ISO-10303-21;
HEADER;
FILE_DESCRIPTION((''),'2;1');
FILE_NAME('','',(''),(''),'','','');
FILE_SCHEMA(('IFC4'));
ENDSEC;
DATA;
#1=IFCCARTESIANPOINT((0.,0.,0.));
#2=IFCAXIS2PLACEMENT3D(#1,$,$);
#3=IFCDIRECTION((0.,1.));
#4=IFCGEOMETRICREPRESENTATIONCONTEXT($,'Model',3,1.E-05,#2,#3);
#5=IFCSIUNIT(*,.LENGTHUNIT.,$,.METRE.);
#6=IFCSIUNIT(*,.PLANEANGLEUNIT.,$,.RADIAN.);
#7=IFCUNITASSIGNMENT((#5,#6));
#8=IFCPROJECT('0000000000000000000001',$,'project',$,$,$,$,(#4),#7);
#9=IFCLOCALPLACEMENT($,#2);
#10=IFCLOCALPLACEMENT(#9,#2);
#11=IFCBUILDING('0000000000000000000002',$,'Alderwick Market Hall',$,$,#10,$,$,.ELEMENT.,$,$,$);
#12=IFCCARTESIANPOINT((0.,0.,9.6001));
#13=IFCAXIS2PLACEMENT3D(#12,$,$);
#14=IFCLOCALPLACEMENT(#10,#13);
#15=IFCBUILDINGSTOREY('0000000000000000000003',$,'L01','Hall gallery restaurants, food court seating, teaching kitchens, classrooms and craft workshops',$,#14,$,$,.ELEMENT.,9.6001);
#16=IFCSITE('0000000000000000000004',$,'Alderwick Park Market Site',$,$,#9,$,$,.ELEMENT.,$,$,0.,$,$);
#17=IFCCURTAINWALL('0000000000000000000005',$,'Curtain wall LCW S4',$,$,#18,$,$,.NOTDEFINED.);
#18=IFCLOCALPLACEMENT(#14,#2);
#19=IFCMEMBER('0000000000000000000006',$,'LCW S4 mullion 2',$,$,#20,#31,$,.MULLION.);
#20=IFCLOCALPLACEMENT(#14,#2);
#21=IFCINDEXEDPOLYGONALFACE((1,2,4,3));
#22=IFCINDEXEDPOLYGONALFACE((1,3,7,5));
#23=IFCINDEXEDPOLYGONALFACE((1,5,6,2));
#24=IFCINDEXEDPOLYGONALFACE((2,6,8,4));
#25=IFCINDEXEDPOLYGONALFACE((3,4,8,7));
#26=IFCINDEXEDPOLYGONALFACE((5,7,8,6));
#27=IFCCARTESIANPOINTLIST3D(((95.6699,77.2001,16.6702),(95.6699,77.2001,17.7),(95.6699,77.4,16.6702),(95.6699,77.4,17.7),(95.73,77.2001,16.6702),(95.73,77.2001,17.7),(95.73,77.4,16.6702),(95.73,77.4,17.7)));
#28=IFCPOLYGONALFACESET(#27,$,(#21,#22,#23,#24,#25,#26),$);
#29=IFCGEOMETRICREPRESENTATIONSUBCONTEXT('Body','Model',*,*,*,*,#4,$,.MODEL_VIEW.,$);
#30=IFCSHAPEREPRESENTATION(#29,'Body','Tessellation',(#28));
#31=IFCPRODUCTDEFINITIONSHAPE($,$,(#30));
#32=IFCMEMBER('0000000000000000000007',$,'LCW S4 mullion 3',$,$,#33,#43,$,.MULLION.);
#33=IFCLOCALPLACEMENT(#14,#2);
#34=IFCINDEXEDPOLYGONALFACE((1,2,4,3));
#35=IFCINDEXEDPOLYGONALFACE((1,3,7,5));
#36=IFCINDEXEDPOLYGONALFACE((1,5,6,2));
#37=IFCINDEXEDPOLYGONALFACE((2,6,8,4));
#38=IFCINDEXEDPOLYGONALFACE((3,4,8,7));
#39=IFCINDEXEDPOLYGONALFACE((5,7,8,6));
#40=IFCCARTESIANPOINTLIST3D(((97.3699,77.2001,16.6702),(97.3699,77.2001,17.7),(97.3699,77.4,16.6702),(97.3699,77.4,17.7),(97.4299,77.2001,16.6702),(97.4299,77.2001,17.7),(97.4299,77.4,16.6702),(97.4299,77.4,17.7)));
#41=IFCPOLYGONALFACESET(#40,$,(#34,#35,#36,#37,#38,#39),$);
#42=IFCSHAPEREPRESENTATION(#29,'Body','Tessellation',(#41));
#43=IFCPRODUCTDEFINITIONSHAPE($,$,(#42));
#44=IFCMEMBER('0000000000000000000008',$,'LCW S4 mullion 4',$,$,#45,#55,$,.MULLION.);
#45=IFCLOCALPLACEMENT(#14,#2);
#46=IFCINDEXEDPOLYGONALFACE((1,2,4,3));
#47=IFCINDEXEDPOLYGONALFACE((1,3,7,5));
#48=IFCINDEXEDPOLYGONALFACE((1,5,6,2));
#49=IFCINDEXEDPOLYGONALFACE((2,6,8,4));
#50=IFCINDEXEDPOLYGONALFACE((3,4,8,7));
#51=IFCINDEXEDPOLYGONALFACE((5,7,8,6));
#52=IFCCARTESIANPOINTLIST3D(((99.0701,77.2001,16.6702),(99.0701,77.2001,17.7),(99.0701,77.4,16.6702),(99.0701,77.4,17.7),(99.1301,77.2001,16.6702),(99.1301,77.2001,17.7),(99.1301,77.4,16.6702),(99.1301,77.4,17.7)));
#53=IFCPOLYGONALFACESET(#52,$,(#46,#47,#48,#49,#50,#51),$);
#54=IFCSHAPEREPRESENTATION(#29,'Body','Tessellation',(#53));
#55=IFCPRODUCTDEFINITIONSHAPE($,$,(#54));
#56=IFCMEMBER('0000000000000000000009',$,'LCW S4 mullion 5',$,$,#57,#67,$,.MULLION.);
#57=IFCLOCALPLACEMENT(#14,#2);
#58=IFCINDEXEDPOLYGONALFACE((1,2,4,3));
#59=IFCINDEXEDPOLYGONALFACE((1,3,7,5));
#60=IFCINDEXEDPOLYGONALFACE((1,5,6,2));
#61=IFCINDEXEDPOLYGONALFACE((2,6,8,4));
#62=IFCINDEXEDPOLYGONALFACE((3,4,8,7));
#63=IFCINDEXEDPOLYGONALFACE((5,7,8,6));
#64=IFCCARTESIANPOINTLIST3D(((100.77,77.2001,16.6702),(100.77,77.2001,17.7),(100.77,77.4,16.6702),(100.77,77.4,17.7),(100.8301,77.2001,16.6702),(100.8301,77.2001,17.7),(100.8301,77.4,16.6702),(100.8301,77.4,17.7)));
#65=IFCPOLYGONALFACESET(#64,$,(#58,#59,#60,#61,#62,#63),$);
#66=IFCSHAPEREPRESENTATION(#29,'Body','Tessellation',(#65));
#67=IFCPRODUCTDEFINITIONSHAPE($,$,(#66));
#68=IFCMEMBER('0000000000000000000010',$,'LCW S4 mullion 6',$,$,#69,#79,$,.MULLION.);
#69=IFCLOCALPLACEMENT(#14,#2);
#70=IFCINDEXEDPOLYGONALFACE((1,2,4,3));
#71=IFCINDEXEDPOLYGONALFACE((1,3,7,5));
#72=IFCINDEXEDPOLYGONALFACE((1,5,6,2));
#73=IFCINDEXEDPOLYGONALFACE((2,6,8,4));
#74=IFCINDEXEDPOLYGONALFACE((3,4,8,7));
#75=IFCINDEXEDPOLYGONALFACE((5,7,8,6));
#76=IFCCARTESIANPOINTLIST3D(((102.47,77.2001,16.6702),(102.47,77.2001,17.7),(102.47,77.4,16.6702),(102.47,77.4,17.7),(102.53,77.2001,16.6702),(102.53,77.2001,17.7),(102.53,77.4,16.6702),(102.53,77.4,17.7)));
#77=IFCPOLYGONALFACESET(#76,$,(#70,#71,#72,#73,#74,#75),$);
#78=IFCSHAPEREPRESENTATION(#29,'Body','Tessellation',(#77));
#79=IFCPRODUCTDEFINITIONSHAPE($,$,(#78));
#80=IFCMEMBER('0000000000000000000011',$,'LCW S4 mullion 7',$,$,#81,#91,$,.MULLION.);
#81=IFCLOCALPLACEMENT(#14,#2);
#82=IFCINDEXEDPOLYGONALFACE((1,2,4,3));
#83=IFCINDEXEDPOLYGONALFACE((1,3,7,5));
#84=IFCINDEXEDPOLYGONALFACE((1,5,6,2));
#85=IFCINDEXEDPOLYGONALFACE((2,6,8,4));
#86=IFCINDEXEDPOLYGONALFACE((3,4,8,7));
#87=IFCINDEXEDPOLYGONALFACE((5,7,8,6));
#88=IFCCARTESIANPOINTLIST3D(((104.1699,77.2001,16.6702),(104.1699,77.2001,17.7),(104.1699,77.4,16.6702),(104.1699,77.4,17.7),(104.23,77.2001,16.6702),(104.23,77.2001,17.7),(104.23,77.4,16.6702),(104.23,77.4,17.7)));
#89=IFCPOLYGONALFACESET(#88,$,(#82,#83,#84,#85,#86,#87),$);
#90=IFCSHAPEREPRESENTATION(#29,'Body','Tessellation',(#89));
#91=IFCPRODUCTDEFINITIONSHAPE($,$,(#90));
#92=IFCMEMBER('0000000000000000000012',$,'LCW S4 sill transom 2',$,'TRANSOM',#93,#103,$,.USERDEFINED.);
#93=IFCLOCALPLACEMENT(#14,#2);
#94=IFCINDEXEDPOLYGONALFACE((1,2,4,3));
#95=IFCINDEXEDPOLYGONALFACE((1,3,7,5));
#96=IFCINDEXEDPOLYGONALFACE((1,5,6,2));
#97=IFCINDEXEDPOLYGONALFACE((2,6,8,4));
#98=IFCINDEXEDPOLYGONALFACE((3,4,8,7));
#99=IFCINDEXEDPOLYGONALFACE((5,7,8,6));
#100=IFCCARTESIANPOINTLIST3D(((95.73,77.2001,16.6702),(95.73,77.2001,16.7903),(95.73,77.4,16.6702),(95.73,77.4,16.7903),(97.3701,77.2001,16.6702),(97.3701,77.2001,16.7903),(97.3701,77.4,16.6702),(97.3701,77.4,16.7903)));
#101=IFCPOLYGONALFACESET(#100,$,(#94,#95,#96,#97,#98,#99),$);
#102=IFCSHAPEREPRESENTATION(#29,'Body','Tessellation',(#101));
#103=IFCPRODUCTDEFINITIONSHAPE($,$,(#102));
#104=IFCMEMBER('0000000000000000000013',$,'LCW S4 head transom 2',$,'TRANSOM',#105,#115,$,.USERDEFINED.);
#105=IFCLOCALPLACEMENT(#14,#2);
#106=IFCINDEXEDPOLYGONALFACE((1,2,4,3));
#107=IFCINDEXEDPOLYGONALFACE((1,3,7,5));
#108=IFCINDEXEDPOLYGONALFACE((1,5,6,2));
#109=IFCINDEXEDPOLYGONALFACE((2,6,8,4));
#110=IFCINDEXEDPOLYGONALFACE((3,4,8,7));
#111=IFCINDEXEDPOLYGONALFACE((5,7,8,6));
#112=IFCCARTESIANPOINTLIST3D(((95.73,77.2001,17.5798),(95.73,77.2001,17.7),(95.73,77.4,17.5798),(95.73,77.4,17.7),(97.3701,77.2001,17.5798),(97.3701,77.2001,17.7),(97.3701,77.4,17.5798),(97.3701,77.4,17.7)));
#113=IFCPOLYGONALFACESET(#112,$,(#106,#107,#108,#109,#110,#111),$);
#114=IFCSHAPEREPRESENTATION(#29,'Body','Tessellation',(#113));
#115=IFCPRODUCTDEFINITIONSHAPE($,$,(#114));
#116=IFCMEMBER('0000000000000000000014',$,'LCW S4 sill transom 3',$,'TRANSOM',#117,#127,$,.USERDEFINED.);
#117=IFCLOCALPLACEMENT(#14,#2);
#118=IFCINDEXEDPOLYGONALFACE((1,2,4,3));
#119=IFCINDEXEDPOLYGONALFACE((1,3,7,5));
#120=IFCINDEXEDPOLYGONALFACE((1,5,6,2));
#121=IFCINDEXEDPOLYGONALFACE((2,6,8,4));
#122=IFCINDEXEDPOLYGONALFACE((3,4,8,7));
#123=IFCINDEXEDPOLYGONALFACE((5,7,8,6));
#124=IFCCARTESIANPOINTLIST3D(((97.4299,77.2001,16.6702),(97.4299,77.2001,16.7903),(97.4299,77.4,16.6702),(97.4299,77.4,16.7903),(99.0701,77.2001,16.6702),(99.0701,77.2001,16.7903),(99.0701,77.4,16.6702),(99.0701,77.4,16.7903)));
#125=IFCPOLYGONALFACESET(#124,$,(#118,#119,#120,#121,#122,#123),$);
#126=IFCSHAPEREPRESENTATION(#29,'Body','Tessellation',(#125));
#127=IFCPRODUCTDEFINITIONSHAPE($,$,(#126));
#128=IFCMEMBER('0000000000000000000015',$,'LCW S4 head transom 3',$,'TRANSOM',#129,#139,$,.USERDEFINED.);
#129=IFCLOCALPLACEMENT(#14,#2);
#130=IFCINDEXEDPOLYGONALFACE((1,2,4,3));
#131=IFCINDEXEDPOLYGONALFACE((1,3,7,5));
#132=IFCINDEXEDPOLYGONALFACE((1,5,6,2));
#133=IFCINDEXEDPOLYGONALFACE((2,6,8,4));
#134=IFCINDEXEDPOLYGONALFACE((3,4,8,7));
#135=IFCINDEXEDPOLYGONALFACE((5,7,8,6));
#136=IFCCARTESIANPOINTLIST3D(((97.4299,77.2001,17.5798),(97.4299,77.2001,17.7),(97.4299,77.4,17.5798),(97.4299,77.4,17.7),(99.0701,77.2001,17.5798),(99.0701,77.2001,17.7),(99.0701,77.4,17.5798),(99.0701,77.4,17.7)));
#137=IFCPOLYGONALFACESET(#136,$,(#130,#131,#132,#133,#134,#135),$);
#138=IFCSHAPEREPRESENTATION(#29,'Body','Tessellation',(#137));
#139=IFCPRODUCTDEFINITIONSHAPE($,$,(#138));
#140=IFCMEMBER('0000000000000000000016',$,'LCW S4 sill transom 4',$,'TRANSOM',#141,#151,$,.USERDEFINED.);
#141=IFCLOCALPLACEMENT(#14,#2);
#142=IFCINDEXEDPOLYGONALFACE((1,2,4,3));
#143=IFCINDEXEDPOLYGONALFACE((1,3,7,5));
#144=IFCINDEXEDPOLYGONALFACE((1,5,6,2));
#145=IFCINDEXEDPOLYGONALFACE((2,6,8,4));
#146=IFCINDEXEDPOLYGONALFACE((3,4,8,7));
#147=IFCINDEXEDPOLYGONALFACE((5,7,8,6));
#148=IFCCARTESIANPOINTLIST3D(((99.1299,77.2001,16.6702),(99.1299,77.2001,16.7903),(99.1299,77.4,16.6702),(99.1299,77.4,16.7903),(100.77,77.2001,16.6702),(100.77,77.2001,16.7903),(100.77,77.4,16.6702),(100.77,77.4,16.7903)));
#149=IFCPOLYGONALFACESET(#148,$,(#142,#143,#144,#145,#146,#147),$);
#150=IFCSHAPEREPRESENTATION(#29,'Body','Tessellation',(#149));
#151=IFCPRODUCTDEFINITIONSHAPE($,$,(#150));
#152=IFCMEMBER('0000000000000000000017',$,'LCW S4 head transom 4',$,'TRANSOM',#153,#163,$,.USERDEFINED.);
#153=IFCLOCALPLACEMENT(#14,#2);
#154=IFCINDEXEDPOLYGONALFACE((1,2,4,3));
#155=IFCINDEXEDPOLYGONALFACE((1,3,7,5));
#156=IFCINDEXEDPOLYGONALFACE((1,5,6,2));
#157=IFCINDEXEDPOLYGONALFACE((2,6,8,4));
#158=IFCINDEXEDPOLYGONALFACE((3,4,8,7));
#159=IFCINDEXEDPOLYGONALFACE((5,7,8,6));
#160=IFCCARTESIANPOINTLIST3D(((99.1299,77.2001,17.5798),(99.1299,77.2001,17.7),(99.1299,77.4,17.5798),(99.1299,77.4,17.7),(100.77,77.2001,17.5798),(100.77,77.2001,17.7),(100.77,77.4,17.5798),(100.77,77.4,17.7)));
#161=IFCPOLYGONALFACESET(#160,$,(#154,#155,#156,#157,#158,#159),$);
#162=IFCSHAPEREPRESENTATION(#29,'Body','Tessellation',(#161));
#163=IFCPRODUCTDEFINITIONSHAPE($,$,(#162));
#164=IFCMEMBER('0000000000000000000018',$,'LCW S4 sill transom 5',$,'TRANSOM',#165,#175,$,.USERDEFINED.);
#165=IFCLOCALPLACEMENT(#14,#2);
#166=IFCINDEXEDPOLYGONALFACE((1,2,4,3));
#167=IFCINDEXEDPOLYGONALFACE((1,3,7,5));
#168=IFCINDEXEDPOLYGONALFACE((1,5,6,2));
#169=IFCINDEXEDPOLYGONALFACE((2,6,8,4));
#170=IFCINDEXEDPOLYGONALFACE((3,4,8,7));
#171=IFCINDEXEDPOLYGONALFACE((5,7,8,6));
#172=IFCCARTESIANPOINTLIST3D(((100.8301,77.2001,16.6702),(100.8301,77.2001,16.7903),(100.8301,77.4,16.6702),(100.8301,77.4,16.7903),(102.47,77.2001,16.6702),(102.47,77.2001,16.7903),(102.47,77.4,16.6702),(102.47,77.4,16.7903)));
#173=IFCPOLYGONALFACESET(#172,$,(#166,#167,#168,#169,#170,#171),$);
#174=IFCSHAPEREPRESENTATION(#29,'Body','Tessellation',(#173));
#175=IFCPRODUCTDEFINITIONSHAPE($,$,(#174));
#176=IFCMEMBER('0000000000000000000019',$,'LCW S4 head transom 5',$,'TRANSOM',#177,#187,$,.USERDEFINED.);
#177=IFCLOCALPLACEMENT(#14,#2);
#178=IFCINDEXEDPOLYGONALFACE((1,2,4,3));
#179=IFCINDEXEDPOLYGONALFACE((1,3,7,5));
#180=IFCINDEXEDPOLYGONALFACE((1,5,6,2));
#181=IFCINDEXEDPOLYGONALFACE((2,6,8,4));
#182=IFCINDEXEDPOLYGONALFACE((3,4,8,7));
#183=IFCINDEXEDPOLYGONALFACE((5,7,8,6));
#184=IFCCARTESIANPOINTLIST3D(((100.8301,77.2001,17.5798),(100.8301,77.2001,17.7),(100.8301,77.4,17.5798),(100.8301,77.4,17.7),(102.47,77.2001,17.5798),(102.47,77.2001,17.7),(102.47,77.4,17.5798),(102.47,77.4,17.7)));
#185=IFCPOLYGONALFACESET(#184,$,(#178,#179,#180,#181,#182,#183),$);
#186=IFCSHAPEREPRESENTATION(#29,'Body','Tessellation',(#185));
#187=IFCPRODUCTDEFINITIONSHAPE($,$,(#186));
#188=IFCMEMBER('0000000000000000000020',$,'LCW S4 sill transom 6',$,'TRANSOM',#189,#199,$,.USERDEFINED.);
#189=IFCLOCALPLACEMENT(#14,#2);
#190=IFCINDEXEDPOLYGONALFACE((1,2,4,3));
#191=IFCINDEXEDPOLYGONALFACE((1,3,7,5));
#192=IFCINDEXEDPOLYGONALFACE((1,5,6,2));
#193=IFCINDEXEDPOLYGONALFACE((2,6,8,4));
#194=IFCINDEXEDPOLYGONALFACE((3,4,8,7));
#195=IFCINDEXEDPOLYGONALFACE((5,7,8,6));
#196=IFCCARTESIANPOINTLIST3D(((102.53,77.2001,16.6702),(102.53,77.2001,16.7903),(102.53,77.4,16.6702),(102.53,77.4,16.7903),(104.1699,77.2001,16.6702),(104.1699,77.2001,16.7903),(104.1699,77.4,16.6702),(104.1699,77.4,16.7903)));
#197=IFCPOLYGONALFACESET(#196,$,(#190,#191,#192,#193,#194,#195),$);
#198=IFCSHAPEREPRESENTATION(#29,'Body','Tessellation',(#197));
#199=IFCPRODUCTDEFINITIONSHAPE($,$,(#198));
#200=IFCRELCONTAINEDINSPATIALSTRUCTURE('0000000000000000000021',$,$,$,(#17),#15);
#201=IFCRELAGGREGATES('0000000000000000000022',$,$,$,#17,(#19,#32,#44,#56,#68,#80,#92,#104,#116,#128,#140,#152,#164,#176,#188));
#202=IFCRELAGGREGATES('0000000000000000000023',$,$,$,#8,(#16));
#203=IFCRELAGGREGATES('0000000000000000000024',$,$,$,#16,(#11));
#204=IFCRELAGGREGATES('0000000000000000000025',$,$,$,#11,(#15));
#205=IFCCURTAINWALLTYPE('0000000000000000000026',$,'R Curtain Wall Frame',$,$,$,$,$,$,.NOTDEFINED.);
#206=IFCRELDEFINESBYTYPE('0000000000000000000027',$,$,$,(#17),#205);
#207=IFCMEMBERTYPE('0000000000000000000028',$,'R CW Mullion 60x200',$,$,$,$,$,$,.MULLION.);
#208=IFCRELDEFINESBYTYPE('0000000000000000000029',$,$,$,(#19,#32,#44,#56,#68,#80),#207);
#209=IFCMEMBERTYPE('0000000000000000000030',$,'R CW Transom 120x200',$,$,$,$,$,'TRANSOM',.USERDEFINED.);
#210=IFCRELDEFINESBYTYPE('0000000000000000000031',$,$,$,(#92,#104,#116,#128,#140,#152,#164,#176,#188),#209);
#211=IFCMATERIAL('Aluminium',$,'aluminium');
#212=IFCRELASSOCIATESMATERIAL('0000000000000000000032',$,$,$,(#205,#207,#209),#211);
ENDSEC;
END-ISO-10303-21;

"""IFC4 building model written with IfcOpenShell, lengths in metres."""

from ifc_helpers import new_model, si_unit, direction, frame, origin, origin_2d, place, context, subcontext, project, spatial, rectangle, extrude, material, material_profile, profile_set, type_object, element, aggregate, save


model = new_model("IFC4")

# Units and contexts
model_context = context("Model", 3, precision=1e-05, world=origin(), true_north=direction((0.0, 1.0)))
body_context = subcontext(model_context, "Body", "Model", "MODEL_VIEW")
ifc_project = project(units=[si_unit("LENGTHUNIT", "METRE"), si_unit("PLANEANGLEUNIT", "RADIAN")], contexts=[model_context])

# Site, building, storey
site_placement = place(None, origin())
site = spatial("IfcSite", under=ifc_project, at=site_placement, Name="Alderwick Park Market Site", CompositionType="ELEMENT", RefElevation=0.0)
building_placement = place(site_placement, origin())
building = spatial("IfcBuilding", under=site, at=building_placement, Name="Alderwick Market Hall", CompositionType="ELEMENT")
storey_placement = place(building_placement, frame((0.0, 0.0, 9.6001)))
storey = spatial("IfcBuildingStorey", under=building, at=storey_placement, Name="L01", Description="Hall gallery restaurants, food court seating, teaching kitchens, classrooms and craft workshops", CompositionType="ELEMENT", Elevation=9.6001)

# Curtain wall, members
ifc_material_1 = material(Name="Aluminium", Category="aluminium")
curtain_wall_type = type_object("IfcCurtainWallType", Name="R Curtain Wall Frame", PredefinedType="NOTDEFINED", material=ifc_material_1)
curtain_wall_placement = place(storey_placement, origin())
curtain_wall = element("IfcCurtainWall", 1, at=curtain_wall_placement, inside=storey, type_object=curtain_wall_type, Name="Curtain wall LCW S4", PredefinedType="NOTDEFINED")
ifc_material_profile_1 = material_profile(ifc_material_1, rectangle(XDim=0.2, YDim=0.0601, at=origin_2d()), Name="AL 60x200")
ifc_profile_set_1 = profile_set([ifc_material_profile_1], Name="Aluminium")
member_type_1 = type_object("IfcMemberType", Name="R CW Mullion 60x200", PredefinedType="MULLION", material=ifc_profile_set_1)
member_1_placement = place(storey_placement, frame((95.7, 77.3, 16.6702), z_axis=(0.0, 0.0, 1.0), x_axis=(0.0, 1.0, 0.0)))
member_1 = element("IfcMember", 2, at=member_1_placement, type_object=member_type_1, Name="LCW S4 mullion 2", PredefinedType="MULLION", context=body_context, shape_type="SweptSolid", body=[
    extrude(rectangle(XDim=0.2, YDim=0.0601, at=origin_2d()), origin(), (0.0, 0.0, 1.0), 1.0298),
])
member_2_placement = place(storey_placement, frame((97.3999, 77.3, 16.6702), z_axis=(0.0, 0.0, 1.0), x_axis=(0.0, 1.0, 0.0)))
member_2 = element("IfcMember", 3, at=member_2_placement, type_object=member_type_1, Name="LCW S4 mullion 3", PredefinedType="MULLION", context=body_context, shape_type="SweptSolid", body=[
    extrude(rectangle(XDim=0.2, YDim=0.0601, at=origin_2d()), origin(), (0.0, 0.0, 1.0), 1.0298),
])
member_3_placement = place(storey_placement, frame((99.1001, 77.3, 16.6702), z_axis=(0.0, 0.0, 1.0), x_axis=(0.0, 1.0, 0.0)))
member_3 = element("IfcMember", 4, at=member_3_placement, type_object=member_type_1, Name="LCW S4 mullion 4", PredefinedType="MULLION", context=body_context, shape_type="SweptSolid", body=[
    extrude(rectangle(XDim=0.2, YDim=0.0601, at=origin_2d()), origin(), (0.0, 0.0, 1.0), 1.0298),
])
member_4_placement = place(storey_placement, frame((100.8, 77.3, 16.6702), z_axis=(0.0, 0.0, 1.0), x_axis=(0.0, 1.0, 0.0)))
member_4 = element("IfcMember", 5, at=member_4_placement, type_object=member_type_1, Name="LCW S4 mullion 5", PredefinedType="MULLION", context=body_context, shape_type="SweptSolid", body=[
    extrude(rectangle(XDim=0.2, YDim=0.0601, at=origin_2d()), origin(), (0.0, 0.0, 1.0), 1.0298),
])
member_5_placement = place(storey_placement, frame((102.5, 77.3, 16.6702), z_axis=(0.0, 0.0, 1.0), x_axis=(0.0, 1.0, 0.0)))
member_5 = element("IfcMember", 6, at=member_5_placement, type_object=member_type_1, Name="LCW S4 mullion 6", PredefinedType="MULLION", context=body_context, shape_type="SweptSolid", body=[
    extrude(rectangle(XDim=0.2, YDim=0.0601, at=origin_2d()), origin(), (0.0, 0.0, 1.0), 1.0298),
])
member_6_placement = place(storey_placement, frame((104.2, 77.3, 16.6702), z_axis=(0.0, 0.0, 1.0), x_axis=(0.0, 1.0, 0.0)))
member_6 = element("IfcMember", 7, at=member_6_placement, type_object=member_type_1, Name="LCW S4 mullion 7", PredefinedType="MULLION", context=body_context, shape_type="SweptSolid", body=[
    extrude(rectangle(XDim=0.2, YDim=0.0601, at=origin_2d()), origin(), (0.0, 0.0, 1.0), 1.0298),
])
ifc_material_profile_2 = material_profile(ifc_material_1, rectangle(XDim=0.2, YDim=0.1201, at=origin_2d()), Name="AL 120x200")
ifc_profile_set_2 = profile_set([ifc_material_profile_2], Name="Aluminium")
member_type_2 = type_object("IfcMemberType", Name="R CW Transom 120x200", ElementType="TRANSOM", PredefinedType="USERDEFINED", material=ifc_profile_set_2)
member_7_placement = place(storey_placement, frame((95.73, 77.3, 16.7302), z_axis=(1.0, 0.0, 0.0), x_axis=(0.0, 1.0, 0.0)))
member_7 = element("IfcMember", 8, at=member_7_placement, type_object=member_type_2, Name="LCW S4 sill transom 2", ObjectType="TRANSOM", PredefinedType="USERDEFINED", context=body_context, shape_type="SweptSolid", body=[
    extrude(rectangle(XDim=0.2, YDim=0.1201, at=origin_2d()), origin(), (0.0, 0.0, 1.0), 1.6401),
])
member_8_placement = place(storey_placement, frame((95.73, 77.3, 17.6399), z_axis=(1.0, 0.0, 0.0), x_axis=(0.0, 1.0, 0.0)))
member_8 = element("IfcMember", 9, at=member_8_placement, type_object=member_type_2, Name="LCW S4 head transom 2", ObjectType="TRANSOM", PredefinedType="USERDEFINED", context=body_context, shape_type="SweptSolid", body=[
    extrude(rectangle(XDim=0.2, YDim=0.1201, at=origin_2d()), origin(), (0.0, 0.0, 1.0), 1.6401),
])
member_9_placement = place(storey_placement, frame((97.4299, 77.3, 16.7302), z_axis=(1.0, 0.0, 0.0), x_axis=(0.0, 1.0, 0.0)))
member_9 = element("IfcMember", 10, at=member_9_placement, type_object=member_type_2, Name="LCW S4 sill transom 3", ObjectType="TRANSOM", PredefinedType="USERDEFINED", context=body_context, shape_type="SweptSolid", body=[
    extrude(rectangle(XDim=0.2, YDim=0.1201, at=origin_2d()), origin(), (0.0, 0.0, 1.0), 1.6401),
])
member_10_placement = place(storey_placement, frame((97.4299, 77.3, 17.6399), z_axis=(1.0, 0.0, 0.0), x_axis=(0.0, 1.0, 0.0)))
member_10 = element("IfcMember", 11, at=member_10_placement, type_object=member_type_2, Name="LCW S4 head transom 3", ObjectType="TRANSOM", PredefinedType="USERDEFINED", context=body_context, shape_type="SweptSolid", body=[
    extrude(rectangle(XDim=0.2, YDim=0.1201, at=origin_2d()), origin(), (0.0, 0.0, 1.0), 1.6401),
])
member_11_placement = place(storey_placement, frame((99.1299, 77.3, 16.7302), z_axis=(1.0, 0.0, 0.0), x_axis=(0.0, 1.0, 0.0)))
member_11 = element("IfcMember", 12, at=member_11_placement, type_object=member_type_2, Name="LCW S4 sill transom 4", ObjectType="TRANSOM", PredefinedType="USERDEFINED", context=body_context, shape_type="SweptSolid", body=[
    extrude(rectangle(XDim=0.2, YDim=0.1201, at=origin_2d()), origin(), (0.0, 0.0, 1.0), 1.6401),
])
member_12_placement = place(storey_placement, frame((99.1299, 77.3, 17.6399), z_axis=(1.0, 0.0, 0.0), x_axis=(0.0, 1.0, 0.0)))
member_12 = element("IfcMember", 13, at=member_12_placement, type_object=member_type_2, Name="LCW S4 head transom 4", ObjectType="TRANSOM", PredefinedType="USERDEFINED", context=body_context, shape_type="SweptSolid", body=[
    extrude(rectangle(XDim=0.2, YDim=0.1201, at=origin_2d()), origin(), (0.0, 0.0, 1.0), 1.6401),
])
member_13_placement = place(storey_placement, frame((100.8301, 77.3, 16.7302), z_axis=(1.0, 0.0, 0.0), x_axis=(0.0, 1.0, 0.0)))
member_13 = element("IfcMember", 14, at=member_13_placement, type_object=member_type_2, Name="LCW S4 sill transom 5", ObjectType="TRANSOM", PredefinedType="USERDEFINED", context=body_context, shape_type="SweptSolid", body=[
    extrude(rectangle(XDim=0.2, YDim=0.1201, at=origin_2d()), origin(), (0.0, 0.0, 1.0), 1.6399),
])
member_14_placement = place(storey_placement, frame((100.8301, 77.3, 17.6399), z_axis=(1.0, 0.0, 0.0), x_axis=(0.0, 1.0, 0.0)))
member_14 = element("IfcMember", 15, at=member_14_placement, type_object=member_type_2, Name="LCW S4 head transom 5", ObjectType="TRANSOM", PredefinedType="USERDEFINED", context=body_context, shape_type="SweptSolid", body=[
    extrude(rectangle(XDim=0.2, YDim=0.1201, at=origin_2d()), origin(), (0.0, 0.0, 1.0), 1.6399),
])
member_15_placement = place(storey_placement, frame((102.53, 77.3, 16.7302), z_axis=(1.0, 0.0, 0.0), x_axis=(0.0, 1.0, 0.0)))
member_15 = element("IfcMember", 16, at=member_15_placement, type_object=member_type_2, Name="LCW S4 sill transom 6", ObjectType="TRANSOM", PredefinedType="USERDEFINED", context=body_context, shape_type="SweptSolid", body=[
    extrude(rectangle(XDim=0.2, YDim=0.1201, at=origin_2d()), origin(), (0.0, 0.0, 1.0), 1.6399),
])
aggregate(curtain_wall, [member_1, member_2, member_3, member_4, member_5, member_6, member_7, member_8, member_9, member_10, member_11, member_12, member_13, member_14, member_15])

save(model, "model.ifc")
